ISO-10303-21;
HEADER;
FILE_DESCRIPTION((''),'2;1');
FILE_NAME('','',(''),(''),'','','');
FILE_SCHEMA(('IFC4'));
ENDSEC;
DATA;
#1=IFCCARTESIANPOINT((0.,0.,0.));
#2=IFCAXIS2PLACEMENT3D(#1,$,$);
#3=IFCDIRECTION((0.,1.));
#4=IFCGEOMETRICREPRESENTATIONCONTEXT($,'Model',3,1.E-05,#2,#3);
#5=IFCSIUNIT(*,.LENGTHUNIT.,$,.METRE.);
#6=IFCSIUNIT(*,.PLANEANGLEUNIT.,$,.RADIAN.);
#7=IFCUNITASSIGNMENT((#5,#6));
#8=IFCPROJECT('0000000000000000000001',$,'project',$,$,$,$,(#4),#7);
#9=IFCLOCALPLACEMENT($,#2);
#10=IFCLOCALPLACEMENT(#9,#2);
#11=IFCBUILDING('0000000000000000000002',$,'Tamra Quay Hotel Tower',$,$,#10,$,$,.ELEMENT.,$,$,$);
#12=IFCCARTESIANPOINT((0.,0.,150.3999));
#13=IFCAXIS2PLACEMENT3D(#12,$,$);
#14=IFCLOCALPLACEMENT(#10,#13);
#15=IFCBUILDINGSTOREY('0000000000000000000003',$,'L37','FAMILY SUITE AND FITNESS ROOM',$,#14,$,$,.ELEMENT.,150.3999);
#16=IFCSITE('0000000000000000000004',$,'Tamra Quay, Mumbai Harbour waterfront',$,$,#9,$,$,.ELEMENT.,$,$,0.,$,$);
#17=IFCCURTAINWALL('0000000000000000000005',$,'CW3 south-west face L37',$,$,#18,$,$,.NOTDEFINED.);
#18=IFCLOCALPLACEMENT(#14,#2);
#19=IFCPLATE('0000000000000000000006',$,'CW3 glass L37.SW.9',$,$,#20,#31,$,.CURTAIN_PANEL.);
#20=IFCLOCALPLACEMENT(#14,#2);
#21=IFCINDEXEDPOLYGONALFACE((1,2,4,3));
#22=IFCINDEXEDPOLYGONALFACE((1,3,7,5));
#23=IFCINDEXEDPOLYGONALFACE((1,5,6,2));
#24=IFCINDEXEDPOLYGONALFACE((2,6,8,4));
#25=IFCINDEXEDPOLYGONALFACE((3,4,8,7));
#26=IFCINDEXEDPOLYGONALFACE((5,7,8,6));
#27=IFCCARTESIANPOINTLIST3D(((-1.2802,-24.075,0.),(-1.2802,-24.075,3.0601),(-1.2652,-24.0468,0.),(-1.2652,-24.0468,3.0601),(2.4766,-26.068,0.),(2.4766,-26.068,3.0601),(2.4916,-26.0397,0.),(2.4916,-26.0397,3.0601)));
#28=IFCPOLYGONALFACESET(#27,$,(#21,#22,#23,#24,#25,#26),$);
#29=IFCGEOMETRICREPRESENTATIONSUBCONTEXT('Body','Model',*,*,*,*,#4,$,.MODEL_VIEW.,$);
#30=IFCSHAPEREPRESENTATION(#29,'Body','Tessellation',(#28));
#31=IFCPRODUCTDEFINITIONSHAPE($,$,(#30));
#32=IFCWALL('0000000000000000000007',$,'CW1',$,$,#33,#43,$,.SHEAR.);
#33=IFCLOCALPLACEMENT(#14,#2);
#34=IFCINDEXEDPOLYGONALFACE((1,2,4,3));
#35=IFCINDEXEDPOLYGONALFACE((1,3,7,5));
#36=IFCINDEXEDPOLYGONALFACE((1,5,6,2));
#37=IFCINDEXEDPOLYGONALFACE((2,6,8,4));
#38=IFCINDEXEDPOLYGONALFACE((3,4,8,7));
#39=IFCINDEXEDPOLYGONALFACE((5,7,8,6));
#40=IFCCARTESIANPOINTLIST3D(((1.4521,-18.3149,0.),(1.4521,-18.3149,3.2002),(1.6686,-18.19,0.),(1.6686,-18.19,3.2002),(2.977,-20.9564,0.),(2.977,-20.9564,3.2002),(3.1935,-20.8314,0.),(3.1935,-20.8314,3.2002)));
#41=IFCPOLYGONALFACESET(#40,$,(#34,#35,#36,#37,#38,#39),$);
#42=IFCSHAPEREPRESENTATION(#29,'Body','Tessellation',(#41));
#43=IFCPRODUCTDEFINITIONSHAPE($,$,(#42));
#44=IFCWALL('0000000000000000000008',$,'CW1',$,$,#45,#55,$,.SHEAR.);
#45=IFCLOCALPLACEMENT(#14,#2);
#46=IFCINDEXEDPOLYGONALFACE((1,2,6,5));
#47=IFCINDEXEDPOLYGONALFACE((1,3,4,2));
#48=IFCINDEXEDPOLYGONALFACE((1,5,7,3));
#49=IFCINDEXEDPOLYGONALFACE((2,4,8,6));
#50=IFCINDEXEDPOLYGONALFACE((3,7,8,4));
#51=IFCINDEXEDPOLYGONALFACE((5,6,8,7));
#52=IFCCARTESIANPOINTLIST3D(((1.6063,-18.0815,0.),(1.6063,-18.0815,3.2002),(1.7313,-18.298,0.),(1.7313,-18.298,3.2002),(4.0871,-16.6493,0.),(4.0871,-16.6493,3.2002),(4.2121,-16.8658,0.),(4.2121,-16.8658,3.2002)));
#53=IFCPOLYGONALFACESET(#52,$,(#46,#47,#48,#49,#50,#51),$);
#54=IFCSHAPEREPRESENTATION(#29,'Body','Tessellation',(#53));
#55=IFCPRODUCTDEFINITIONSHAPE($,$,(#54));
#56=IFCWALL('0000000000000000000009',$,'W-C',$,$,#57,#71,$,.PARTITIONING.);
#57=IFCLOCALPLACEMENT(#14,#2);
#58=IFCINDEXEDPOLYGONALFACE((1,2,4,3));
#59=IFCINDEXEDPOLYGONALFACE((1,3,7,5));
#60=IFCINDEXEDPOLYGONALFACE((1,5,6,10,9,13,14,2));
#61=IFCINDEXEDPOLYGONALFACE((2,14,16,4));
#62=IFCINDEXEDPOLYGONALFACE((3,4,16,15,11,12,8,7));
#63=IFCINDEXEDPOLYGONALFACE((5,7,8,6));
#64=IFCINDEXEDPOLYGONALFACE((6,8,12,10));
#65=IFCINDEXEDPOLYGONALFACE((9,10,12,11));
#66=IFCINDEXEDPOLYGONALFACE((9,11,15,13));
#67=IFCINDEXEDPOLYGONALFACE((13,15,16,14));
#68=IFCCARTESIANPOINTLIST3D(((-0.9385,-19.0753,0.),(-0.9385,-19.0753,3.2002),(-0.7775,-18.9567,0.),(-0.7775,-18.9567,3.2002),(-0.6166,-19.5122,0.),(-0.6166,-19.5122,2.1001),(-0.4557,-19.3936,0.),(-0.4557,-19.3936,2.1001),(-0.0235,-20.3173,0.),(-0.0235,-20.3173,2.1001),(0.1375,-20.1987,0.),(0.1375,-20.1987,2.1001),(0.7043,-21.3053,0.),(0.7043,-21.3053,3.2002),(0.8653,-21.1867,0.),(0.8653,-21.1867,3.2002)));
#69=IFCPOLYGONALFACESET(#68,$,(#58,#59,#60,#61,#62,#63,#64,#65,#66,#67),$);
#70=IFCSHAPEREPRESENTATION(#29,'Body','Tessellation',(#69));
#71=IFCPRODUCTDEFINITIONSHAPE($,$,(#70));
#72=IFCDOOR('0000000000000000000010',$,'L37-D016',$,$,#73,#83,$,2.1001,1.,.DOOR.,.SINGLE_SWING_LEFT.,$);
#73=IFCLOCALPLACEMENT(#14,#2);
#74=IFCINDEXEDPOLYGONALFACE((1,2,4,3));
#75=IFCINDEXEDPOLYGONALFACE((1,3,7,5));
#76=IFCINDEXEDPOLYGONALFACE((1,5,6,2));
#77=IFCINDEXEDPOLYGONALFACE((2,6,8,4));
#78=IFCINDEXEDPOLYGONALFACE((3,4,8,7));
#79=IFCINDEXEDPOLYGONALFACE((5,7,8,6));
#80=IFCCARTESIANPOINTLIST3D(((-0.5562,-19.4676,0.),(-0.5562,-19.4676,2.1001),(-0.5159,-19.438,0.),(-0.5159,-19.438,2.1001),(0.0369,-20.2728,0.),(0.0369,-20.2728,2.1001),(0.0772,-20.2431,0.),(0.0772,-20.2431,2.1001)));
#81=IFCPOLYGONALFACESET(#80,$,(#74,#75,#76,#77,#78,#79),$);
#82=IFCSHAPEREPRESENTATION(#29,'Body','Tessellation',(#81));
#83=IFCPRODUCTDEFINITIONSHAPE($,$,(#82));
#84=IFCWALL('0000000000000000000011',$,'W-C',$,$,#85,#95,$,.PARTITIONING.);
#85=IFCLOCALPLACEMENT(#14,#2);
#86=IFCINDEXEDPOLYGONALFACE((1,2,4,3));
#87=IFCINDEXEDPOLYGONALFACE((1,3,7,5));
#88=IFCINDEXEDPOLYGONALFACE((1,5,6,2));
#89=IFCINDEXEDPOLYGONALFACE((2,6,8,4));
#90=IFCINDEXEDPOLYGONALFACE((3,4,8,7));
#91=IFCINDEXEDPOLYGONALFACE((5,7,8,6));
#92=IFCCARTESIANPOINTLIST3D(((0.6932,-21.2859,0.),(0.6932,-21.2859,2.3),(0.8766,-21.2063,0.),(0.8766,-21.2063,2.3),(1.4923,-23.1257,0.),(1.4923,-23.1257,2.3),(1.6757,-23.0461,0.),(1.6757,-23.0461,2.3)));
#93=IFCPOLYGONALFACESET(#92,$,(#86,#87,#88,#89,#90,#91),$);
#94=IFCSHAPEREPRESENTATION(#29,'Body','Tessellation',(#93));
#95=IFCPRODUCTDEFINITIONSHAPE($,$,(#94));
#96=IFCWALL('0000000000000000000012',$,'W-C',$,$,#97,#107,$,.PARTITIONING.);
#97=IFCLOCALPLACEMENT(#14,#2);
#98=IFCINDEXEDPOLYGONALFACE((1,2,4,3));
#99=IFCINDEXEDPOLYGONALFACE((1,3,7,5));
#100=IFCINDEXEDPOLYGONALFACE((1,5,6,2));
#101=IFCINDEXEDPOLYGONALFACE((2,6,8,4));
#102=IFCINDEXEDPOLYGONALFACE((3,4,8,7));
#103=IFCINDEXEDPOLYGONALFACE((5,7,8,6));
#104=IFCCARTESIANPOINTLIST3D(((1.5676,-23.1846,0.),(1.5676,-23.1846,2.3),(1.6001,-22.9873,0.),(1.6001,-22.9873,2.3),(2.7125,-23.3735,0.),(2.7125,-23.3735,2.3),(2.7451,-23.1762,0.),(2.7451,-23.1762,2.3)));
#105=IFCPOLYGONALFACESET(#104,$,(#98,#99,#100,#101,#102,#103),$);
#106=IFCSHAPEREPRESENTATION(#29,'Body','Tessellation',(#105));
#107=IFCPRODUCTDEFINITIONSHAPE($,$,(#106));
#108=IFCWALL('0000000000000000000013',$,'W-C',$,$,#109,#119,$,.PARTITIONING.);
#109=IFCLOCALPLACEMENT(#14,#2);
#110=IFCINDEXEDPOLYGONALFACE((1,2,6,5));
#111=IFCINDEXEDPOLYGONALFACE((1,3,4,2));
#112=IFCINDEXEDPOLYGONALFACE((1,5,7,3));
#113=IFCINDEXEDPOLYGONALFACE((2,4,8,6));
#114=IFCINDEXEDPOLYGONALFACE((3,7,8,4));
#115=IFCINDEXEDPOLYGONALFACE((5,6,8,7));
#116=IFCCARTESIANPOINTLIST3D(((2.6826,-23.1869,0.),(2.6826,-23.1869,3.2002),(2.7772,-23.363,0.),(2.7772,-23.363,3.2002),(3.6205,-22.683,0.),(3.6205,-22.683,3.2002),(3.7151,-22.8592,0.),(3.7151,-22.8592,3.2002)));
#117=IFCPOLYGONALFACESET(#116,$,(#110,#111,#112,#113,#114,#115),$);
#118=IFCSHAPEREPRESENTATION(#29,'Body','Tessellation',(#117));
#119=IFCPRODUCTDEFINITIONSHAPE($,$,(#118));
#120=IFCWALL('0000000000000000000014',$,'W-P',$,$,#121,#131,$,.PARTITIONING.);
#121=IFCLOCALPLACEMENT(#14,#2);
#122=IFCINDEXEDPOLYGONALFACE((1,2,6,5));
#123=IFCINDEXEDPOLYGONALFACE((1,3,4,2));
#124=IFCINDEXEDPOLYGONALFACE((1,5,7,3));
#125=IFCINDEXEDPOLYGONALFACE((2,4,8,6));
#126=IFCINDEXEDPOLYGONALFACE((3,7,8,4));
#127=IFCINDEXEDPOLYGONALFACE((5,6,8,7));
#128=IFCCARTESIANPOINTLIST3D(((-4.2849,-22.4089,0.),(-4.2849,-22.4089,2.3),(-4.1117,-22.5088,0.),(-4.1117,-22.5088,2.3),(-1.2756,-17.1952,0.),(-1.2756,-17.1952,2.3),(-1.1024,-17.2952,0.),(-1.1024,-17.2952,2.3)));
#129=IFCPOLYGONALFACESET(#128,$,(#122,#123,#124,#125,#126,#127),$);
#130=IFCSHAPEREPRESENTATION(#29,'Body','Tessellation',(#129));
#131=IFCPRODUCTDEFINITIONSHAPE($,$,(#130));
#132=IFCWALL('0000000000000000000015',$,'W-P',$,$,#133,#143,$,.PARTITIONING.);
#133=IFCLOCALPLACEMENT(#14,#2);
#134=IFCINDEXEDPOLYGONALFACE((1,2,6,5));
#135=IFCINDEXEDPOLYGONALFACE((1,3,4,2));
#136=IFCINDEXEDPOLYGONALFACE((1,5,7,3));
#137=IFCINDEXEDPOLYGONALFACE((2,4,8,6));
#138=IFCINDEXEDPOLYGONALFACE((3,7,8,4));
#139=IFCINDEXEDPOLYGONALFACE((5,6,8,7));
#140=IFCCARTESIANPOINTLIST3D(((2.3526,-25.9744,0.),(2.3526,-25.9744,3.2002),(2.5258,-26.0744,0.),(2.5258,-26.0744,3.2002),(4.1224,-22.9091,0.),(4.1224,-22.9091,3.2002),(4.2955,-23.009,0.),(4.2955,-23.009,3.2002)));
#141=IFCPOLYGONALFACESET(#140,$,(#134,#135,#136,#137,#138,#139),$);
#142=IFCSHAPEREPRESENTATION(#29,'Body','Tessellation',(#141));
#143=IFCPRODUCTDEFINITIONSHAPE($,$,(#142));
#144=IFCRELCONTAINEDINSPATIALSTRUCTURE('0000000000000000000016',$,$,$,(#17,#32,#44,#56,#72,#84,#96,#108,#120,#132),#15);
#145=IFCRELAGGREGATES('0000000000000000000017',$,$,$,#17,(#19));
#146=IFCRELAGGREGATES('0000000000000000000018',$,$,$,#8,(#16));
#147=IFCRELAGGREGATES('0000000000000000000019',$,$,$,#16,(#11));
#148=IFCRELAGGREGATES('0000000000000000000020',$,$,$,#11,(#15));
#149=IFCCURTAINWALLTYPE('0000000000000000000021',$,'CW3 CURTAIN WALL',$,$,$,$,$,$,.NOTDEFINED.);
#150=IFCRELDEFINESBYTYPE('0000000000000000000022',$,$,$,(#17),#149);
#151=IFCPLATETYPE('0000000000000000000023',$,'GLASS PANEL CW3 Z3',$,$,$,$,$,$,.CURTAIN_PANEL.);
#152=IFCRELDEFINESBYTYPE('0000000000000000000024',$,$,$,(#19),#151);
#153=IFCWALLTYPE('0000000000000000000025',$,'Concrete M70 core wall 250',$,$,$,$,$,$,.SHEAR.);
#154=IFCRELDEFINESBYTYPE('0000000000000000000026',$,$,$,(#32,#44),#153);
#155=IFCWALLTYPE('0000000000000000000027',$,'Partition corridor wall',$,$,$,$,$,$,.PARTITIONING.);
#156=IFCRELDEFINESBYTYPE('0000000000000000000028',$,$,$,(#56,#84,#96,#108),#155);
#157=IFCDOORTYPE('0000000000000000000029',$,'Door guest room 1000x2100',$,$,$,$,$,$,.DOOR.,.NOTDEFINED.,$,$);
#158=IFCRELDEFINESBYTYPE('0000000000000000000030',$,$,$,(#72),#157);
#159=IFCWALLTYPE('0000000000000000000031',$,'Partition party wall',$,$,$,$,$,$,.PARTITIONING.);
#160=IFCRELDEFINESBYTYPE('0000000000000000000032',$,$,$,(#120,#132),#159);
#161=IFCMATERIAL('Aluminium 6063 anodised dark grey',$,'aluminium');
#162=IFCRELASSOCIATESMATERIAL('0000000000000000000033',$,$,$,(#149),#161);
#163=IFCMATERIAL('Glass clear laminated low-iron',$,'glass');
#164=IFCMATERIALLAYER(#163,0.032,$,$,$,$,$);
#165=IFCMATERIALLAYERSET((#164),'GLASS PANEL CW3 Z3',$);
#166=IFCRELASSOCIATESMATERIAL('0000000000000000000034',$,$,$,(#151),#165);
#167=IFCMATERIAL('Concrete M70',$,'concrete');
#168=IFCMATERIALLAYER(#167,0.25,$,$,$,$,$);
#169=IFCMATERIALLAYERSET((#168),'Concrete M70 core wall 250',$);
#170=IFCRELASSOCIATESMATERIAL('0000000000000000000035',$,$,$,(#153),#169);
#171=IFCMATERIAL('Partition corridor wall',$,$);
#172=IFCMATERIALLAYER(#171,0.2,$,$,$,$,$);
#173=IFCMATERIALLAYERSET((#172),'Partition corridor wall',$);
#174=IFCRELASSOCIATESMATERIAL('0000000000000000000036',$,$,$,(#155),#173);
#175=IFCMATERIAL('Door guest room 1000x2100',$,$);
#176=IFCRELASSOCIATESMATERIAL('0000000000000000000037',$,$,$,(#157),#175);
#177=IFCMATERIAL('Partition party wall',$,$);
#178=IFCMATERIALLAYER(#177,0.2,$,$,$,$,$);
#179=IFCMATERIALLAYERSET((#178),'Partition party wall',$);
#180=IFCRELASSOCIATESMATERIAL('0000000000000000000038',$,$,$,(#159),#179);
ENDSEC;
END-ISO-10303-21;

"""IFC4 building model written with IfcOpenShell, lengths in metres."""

from ifc_helpers import new_model, si_unit, direction, frame, frame_2d, origin, origin_2d, place, context, subcontext, project, spatial, rectangle, extrude, material, layer, layer_set, type_object, element, fill, aggregate, save


model = new_model("IFC4")

# Units and contexts
model_context = context("Model", 3, precision=1e-05, world=origin(), true_north=direction((0.0, 1.0)))
body_context = subcontext(model_context, "Body", "Model", "MODEL_VIEW")
ifc_project = project(units=[si_unit("LENGTHUNIT", "METRE"), si_unit("PLANEANGLEUNIT", "RADIAN")], contexts=[model_context])

# Site, building, storey
site_placement = place(None, origin())
site = spatial("IfcSite", under=ifc_project, at=site_placement, Name="Tamra Quay, Mumbai Harbour waterfront", CompositionType="ELEMENT", RefElevation=0.0)
building_placement = place(site_placement, origin())
building = spatial("IfcBuilding", under=site, at=building_placement, Name="Tamra Quay Hotel Tower", CompositionType="ELEMENT")
storey_placement = place(building_placement, frame((0.0, 0.0, 150.3999)))
storey = spatial("IfcBuildingStorey", under=building, at=storey_placement, Name="L37", Description="FAMILY SUITE AND FITNESS ROOM", CompositionType="ELEMENT", Elevation=150.3999)

# Shared definitions
ifc_material_1 = material(Name="Concrete M70", Category="concrete")

# Curtain wall
ifc_material_2 = material(Name="Aluminium 6063 anodised dark grey", Category="aluminium")
curtain_wall_type = type_object("IfcCurtainWallType", Name="CW3 CURTAIN WALL", PredefinedType="NOTDEFINED", material=ifc_material_2)
curtain_wall_placement = place(storey_placement, origin())
curtain_wall = element("IfcCurtainWall", 1, at=curtain_wall_placement, inside=storey, type_object=curtain_wall_type, Name="CW3 south-west face L37", PredefinedType="NOTDEFINED")

# Plate
ifc_material_3 = material(Name="Glass clear laminated low-iron", Category="glass")
ifc_layer_1 = layer(ifc_material_3, 0.032)
ifc_layer_set_1 = layer_set([ifc_layer_1], Name="GLASS PANEL CW3 Z3")
plate_type = type_object("IfcPlateType", Name="GLASS PANEL CW3 Z3", PredefinedType="CURTAIN_PANEL", material=ifc_layer_set_1)
plate_1_placement = place(storey_placement, frame((0.6057, -25.0574, 0.0), z_axis=(0.0, 0.0, 1.0), x_axis=(0.883392, -0.468636, 0.0)))
plate_1 = element("IfcPlate", 2, at=plate_1_placement, type_object=plate_type, Name="CW3 glass L37.SW.9", PredefinedType="CURTAIN_PANEL", context=body_context, shape_type="SweptSolid", body=[
    extrude(rectangle(XDim=4.2527, YDim=0.032, at=origin_2d()), origin(), (0.0, 0.0, 1.0), 3.0601),
])
aggregate(curtain_wall, [plate_1])

# Walls
ifc_layer_2 = layer(ifc_material_1, 0.25)
ifc_layer_set_2 = layer_set([ifc_layer_2], Name="Concrete M70 core wall 250")
wall_type_1 = type_object("IfcWallType", Name="Concrete M70 core wall 250", PredefinedType="SHEAR", material=ifc_layer_set_2)
wall_1_placement = place(storey_placement, frame((3.0852, -20.8938, 0.0), z_axis=(0.0, 0.0, 1.0), x_axis=(-0.499979, 0.866038, 0.0)))
element("IfcWall", 3, at=wall_1_placement, inside=storey, type_object=wall_type_1, Name="CW1", PredefinedType="SHEAR", context=body_context, shape_type="SweptSolid", body=[
    extrude(rectangle(XDim=3.05, YDim=0.25, at=frame_2d((1.5249, 0.0))), origin(), (0.0, 0.0, 1.0), 3.2002),
])
wall_2_placement = place(storey_placement, frame((1.6689, -18.1897, 0.0), z_axis=(0.0, 0.0, 1.0), x_axis=(0.866042, 0.499971, 0.0)))
element("IfcWall", 4, at=wall_2_placement, inside=storey, type_object=wall_type_1, Name="CW1", PredefinedType="SHEAR", context=body_context, shape_type="SweptSolid", body=[
    extrude(rectangle(XDim=2.8645, YDim=0.25, at=frame_2d((1.4321, 0.0))), origin(), (0.0, 0.0, 1.0), 3.2002),
])

# Wall, opening, door
ifc_material_4 = material(Name="Partition corridor wall")
ifc_layer_3 = layer(ifc_material_4, 0.2)
ifc_layer_set_3 = layer_set([ifc_layer_3], Name="Partition corridor wall")
wall_type_2 = type_object("IfcWallType", Name="Partition corridor wall", PredefinedType="PARTITIONING", material=ifc_layer_set_3)
wall_3_placement = place(storey_placement, frame((-0.8579, -19.0161, 0.0), z_axis=(0.0, 0.0, 1.0), x_axis=(0.593124, -0.805111, 0.0)))
wall_3 = element("IfcWall", 5, at=wall_3_placement, inside=storey, type_object=wall_type_2, Name="W-C", PredefinedType="PARTITIONING", context=body_context, shape_type="SweptSolid", body=[
    extrude(rectangle(XDim=2.7698, YDim=0.2, at=frame_2d((1.3848, 0.0))), origin(), (0.0, 0.0, 1.0), 3.2002),
])
opening_placement = place(wall_3_placement, frame((0.5425, 0.0, 0.0)))
opening = element("IfcOpeningElement", 6, at=opening_placement, cuts=wall_3, PredefinedType="OPENING", context=body_context, shape_type="SweptSolid", body=[
    extrude(rectangle(XDim=1.0, YDim=2.1001, at=frame_2d((0.5, 1.05))), frame((0.0, 0.1099, 0.0), z_axis=(0.0, -1.0, 0.0), x_axis=(1.0, 0.0, 0.0)), (0.0, 0.0, 1.0), 0.22),
])
ifc_material_5 = material(Name="Door guest room 1000x2100")
door_type = type_object("IfcDoorType", Name="Door guest room 1000x2100", OperationType="NOTDEFINED", PredefinedType="DOOR", material=ifc_material_5)
door_placement = place(opening_placement, frame((1.0, 0.0, 0.0), z_axis=(0.0, 0.0, 1.0), x_axis=(-1.0, 0.0, 0.0)))
door = element("IfcDoor", 7, at=door_placement, inside=storey, type_object=door_type, Name="L37-D016", OperationType="SINGLE_SWING_LEFT", OverallHeight=2.1001, OverallWidth=1.0, PredefinedType="DOOR", context=body_context, shape_type="SweptSolid", body=[
    extrude(rectangle(XDim=1.0, YDim=2.1001, at=frame_2d((0.5, 1.05))), frame((0.0, 0.0249, 0.0), z_axis=(0.0, -1.0, 0.0), x_axis=(1.0, 0.0, 0.0)), (0.0, 0.0, 1.0), 0.05),
])
fill(opening, door)

# Walls
wall_4_placement = place(storey_placement, frame((0.7849, -21.2461, 0.0), z_axis=(0.0, 0.0, 1.0), x_axis=(0.398366, -0.917227, 0.0)))
element("IfcWall", 8, at=wall_4_placement, inside=storey, type_object=wall_type_2, Name="W-C", PredefinedType="PARTITIONING", context=body_context, shape_type="SweptSolid", body=[
    extrude(rectangle(XDim=2.0059, YDim=0.2, at=frame_2d((1.0029, 0.0))), origin(), (0.0, 0.0, 1.0), 2.3),
])
wall_5_placement = place(storey_placement, frame((1.584, -23.0859, 0.0), z_axis=(0.0, 0.0, 1.0), x_axis=(0.986654, -0.16283, 0.0)))
element("IfcWall", 9, at=wall_5_placement, inside=storey, type_object=wall_type_2, Name="W-C", PredefinedType="PARTITIONING", context=body_context, shape_type="SweptSolid", body=[
    extrude(rectangle(XDim=1.1604, YDim=0.2, at=frame_2d((0.5801, 0.0))), origin(), (0.0, 0.0, 1.0), 2.3),
])
wall_6_placement = place(storey_placement, frame((2.73, -23.2749, 0.0), z_axis=(0.0, 0.0, 1.0), x_axis=(0.880927, 0.473252, 0.0)))
element("IfcWall", 10, at=wall_6_placement, inside=storey, type_object=wall_type_2, Name="W-C", PredefinedType="PARTITIONING", context=body_context, shape_type="SweptSolid", body=[
    extrude(rectangle(XDim=1.0647, YDim=0.2, at=frame_2d((0.5322, 0.0))), origin(), (0.0, 0.0, 1.0), 3.2002),
])
ifc_material_6 = material(Name="Partition party wall")
ifc_layer_4 = layer(ifc_material_6, 0.2)
ifc_layer_set_4 = layer_set([ifc_layer_4], Name="Partition party wall")
wall_type_3 = type_object("IfcWallType", Name="Partition party wall", PredefinedType="PARTITIONING", material=ifc_layer_set_4)
wall_7_placement = place(storey_placement, frame((-4.1982, -22.4587, 0.0), z_axis=(0.0, 0.0, 1.0), x_axis=(0.499899, 0.866084, 0.0)))
element("IfcWall", 11, at=wall_7_placement, inside=storey, type_object=wall_type_3, Name="W-P", PredefinedType="PARTITIONING", context=body_context, shape_type="SweptSolid", body=[
    extrude(rectangle(XDim=6.0198, YDim=0.2, at=frame_2d((3.0098, 0.0))), origin(), (0.0, 0.0, 1.0), 2.3),
])
wall_8_placement = place(storey_placement, frame((2.4392, -26.0244, 0.0), z_axis=(0.0, 0.0, 1.0), x_axis=(0.499989, 0.866032, 0.0)))
element("IfcWall", 12, at=wall_8_placement, inside=storey, type_object=wall_type_3, Name="W-P", PredefinedType="PARTITIONING", context=body_context, shape_type="SweptSolid", body=[
    extrude(rectangle(XDim=3.5396, YDim=0.2, at=frame_2d((1.7698, 0.0))), origin(), (0.0, 0.0, 1.0), 3.2002),
])

save(model, "model.ifc")
